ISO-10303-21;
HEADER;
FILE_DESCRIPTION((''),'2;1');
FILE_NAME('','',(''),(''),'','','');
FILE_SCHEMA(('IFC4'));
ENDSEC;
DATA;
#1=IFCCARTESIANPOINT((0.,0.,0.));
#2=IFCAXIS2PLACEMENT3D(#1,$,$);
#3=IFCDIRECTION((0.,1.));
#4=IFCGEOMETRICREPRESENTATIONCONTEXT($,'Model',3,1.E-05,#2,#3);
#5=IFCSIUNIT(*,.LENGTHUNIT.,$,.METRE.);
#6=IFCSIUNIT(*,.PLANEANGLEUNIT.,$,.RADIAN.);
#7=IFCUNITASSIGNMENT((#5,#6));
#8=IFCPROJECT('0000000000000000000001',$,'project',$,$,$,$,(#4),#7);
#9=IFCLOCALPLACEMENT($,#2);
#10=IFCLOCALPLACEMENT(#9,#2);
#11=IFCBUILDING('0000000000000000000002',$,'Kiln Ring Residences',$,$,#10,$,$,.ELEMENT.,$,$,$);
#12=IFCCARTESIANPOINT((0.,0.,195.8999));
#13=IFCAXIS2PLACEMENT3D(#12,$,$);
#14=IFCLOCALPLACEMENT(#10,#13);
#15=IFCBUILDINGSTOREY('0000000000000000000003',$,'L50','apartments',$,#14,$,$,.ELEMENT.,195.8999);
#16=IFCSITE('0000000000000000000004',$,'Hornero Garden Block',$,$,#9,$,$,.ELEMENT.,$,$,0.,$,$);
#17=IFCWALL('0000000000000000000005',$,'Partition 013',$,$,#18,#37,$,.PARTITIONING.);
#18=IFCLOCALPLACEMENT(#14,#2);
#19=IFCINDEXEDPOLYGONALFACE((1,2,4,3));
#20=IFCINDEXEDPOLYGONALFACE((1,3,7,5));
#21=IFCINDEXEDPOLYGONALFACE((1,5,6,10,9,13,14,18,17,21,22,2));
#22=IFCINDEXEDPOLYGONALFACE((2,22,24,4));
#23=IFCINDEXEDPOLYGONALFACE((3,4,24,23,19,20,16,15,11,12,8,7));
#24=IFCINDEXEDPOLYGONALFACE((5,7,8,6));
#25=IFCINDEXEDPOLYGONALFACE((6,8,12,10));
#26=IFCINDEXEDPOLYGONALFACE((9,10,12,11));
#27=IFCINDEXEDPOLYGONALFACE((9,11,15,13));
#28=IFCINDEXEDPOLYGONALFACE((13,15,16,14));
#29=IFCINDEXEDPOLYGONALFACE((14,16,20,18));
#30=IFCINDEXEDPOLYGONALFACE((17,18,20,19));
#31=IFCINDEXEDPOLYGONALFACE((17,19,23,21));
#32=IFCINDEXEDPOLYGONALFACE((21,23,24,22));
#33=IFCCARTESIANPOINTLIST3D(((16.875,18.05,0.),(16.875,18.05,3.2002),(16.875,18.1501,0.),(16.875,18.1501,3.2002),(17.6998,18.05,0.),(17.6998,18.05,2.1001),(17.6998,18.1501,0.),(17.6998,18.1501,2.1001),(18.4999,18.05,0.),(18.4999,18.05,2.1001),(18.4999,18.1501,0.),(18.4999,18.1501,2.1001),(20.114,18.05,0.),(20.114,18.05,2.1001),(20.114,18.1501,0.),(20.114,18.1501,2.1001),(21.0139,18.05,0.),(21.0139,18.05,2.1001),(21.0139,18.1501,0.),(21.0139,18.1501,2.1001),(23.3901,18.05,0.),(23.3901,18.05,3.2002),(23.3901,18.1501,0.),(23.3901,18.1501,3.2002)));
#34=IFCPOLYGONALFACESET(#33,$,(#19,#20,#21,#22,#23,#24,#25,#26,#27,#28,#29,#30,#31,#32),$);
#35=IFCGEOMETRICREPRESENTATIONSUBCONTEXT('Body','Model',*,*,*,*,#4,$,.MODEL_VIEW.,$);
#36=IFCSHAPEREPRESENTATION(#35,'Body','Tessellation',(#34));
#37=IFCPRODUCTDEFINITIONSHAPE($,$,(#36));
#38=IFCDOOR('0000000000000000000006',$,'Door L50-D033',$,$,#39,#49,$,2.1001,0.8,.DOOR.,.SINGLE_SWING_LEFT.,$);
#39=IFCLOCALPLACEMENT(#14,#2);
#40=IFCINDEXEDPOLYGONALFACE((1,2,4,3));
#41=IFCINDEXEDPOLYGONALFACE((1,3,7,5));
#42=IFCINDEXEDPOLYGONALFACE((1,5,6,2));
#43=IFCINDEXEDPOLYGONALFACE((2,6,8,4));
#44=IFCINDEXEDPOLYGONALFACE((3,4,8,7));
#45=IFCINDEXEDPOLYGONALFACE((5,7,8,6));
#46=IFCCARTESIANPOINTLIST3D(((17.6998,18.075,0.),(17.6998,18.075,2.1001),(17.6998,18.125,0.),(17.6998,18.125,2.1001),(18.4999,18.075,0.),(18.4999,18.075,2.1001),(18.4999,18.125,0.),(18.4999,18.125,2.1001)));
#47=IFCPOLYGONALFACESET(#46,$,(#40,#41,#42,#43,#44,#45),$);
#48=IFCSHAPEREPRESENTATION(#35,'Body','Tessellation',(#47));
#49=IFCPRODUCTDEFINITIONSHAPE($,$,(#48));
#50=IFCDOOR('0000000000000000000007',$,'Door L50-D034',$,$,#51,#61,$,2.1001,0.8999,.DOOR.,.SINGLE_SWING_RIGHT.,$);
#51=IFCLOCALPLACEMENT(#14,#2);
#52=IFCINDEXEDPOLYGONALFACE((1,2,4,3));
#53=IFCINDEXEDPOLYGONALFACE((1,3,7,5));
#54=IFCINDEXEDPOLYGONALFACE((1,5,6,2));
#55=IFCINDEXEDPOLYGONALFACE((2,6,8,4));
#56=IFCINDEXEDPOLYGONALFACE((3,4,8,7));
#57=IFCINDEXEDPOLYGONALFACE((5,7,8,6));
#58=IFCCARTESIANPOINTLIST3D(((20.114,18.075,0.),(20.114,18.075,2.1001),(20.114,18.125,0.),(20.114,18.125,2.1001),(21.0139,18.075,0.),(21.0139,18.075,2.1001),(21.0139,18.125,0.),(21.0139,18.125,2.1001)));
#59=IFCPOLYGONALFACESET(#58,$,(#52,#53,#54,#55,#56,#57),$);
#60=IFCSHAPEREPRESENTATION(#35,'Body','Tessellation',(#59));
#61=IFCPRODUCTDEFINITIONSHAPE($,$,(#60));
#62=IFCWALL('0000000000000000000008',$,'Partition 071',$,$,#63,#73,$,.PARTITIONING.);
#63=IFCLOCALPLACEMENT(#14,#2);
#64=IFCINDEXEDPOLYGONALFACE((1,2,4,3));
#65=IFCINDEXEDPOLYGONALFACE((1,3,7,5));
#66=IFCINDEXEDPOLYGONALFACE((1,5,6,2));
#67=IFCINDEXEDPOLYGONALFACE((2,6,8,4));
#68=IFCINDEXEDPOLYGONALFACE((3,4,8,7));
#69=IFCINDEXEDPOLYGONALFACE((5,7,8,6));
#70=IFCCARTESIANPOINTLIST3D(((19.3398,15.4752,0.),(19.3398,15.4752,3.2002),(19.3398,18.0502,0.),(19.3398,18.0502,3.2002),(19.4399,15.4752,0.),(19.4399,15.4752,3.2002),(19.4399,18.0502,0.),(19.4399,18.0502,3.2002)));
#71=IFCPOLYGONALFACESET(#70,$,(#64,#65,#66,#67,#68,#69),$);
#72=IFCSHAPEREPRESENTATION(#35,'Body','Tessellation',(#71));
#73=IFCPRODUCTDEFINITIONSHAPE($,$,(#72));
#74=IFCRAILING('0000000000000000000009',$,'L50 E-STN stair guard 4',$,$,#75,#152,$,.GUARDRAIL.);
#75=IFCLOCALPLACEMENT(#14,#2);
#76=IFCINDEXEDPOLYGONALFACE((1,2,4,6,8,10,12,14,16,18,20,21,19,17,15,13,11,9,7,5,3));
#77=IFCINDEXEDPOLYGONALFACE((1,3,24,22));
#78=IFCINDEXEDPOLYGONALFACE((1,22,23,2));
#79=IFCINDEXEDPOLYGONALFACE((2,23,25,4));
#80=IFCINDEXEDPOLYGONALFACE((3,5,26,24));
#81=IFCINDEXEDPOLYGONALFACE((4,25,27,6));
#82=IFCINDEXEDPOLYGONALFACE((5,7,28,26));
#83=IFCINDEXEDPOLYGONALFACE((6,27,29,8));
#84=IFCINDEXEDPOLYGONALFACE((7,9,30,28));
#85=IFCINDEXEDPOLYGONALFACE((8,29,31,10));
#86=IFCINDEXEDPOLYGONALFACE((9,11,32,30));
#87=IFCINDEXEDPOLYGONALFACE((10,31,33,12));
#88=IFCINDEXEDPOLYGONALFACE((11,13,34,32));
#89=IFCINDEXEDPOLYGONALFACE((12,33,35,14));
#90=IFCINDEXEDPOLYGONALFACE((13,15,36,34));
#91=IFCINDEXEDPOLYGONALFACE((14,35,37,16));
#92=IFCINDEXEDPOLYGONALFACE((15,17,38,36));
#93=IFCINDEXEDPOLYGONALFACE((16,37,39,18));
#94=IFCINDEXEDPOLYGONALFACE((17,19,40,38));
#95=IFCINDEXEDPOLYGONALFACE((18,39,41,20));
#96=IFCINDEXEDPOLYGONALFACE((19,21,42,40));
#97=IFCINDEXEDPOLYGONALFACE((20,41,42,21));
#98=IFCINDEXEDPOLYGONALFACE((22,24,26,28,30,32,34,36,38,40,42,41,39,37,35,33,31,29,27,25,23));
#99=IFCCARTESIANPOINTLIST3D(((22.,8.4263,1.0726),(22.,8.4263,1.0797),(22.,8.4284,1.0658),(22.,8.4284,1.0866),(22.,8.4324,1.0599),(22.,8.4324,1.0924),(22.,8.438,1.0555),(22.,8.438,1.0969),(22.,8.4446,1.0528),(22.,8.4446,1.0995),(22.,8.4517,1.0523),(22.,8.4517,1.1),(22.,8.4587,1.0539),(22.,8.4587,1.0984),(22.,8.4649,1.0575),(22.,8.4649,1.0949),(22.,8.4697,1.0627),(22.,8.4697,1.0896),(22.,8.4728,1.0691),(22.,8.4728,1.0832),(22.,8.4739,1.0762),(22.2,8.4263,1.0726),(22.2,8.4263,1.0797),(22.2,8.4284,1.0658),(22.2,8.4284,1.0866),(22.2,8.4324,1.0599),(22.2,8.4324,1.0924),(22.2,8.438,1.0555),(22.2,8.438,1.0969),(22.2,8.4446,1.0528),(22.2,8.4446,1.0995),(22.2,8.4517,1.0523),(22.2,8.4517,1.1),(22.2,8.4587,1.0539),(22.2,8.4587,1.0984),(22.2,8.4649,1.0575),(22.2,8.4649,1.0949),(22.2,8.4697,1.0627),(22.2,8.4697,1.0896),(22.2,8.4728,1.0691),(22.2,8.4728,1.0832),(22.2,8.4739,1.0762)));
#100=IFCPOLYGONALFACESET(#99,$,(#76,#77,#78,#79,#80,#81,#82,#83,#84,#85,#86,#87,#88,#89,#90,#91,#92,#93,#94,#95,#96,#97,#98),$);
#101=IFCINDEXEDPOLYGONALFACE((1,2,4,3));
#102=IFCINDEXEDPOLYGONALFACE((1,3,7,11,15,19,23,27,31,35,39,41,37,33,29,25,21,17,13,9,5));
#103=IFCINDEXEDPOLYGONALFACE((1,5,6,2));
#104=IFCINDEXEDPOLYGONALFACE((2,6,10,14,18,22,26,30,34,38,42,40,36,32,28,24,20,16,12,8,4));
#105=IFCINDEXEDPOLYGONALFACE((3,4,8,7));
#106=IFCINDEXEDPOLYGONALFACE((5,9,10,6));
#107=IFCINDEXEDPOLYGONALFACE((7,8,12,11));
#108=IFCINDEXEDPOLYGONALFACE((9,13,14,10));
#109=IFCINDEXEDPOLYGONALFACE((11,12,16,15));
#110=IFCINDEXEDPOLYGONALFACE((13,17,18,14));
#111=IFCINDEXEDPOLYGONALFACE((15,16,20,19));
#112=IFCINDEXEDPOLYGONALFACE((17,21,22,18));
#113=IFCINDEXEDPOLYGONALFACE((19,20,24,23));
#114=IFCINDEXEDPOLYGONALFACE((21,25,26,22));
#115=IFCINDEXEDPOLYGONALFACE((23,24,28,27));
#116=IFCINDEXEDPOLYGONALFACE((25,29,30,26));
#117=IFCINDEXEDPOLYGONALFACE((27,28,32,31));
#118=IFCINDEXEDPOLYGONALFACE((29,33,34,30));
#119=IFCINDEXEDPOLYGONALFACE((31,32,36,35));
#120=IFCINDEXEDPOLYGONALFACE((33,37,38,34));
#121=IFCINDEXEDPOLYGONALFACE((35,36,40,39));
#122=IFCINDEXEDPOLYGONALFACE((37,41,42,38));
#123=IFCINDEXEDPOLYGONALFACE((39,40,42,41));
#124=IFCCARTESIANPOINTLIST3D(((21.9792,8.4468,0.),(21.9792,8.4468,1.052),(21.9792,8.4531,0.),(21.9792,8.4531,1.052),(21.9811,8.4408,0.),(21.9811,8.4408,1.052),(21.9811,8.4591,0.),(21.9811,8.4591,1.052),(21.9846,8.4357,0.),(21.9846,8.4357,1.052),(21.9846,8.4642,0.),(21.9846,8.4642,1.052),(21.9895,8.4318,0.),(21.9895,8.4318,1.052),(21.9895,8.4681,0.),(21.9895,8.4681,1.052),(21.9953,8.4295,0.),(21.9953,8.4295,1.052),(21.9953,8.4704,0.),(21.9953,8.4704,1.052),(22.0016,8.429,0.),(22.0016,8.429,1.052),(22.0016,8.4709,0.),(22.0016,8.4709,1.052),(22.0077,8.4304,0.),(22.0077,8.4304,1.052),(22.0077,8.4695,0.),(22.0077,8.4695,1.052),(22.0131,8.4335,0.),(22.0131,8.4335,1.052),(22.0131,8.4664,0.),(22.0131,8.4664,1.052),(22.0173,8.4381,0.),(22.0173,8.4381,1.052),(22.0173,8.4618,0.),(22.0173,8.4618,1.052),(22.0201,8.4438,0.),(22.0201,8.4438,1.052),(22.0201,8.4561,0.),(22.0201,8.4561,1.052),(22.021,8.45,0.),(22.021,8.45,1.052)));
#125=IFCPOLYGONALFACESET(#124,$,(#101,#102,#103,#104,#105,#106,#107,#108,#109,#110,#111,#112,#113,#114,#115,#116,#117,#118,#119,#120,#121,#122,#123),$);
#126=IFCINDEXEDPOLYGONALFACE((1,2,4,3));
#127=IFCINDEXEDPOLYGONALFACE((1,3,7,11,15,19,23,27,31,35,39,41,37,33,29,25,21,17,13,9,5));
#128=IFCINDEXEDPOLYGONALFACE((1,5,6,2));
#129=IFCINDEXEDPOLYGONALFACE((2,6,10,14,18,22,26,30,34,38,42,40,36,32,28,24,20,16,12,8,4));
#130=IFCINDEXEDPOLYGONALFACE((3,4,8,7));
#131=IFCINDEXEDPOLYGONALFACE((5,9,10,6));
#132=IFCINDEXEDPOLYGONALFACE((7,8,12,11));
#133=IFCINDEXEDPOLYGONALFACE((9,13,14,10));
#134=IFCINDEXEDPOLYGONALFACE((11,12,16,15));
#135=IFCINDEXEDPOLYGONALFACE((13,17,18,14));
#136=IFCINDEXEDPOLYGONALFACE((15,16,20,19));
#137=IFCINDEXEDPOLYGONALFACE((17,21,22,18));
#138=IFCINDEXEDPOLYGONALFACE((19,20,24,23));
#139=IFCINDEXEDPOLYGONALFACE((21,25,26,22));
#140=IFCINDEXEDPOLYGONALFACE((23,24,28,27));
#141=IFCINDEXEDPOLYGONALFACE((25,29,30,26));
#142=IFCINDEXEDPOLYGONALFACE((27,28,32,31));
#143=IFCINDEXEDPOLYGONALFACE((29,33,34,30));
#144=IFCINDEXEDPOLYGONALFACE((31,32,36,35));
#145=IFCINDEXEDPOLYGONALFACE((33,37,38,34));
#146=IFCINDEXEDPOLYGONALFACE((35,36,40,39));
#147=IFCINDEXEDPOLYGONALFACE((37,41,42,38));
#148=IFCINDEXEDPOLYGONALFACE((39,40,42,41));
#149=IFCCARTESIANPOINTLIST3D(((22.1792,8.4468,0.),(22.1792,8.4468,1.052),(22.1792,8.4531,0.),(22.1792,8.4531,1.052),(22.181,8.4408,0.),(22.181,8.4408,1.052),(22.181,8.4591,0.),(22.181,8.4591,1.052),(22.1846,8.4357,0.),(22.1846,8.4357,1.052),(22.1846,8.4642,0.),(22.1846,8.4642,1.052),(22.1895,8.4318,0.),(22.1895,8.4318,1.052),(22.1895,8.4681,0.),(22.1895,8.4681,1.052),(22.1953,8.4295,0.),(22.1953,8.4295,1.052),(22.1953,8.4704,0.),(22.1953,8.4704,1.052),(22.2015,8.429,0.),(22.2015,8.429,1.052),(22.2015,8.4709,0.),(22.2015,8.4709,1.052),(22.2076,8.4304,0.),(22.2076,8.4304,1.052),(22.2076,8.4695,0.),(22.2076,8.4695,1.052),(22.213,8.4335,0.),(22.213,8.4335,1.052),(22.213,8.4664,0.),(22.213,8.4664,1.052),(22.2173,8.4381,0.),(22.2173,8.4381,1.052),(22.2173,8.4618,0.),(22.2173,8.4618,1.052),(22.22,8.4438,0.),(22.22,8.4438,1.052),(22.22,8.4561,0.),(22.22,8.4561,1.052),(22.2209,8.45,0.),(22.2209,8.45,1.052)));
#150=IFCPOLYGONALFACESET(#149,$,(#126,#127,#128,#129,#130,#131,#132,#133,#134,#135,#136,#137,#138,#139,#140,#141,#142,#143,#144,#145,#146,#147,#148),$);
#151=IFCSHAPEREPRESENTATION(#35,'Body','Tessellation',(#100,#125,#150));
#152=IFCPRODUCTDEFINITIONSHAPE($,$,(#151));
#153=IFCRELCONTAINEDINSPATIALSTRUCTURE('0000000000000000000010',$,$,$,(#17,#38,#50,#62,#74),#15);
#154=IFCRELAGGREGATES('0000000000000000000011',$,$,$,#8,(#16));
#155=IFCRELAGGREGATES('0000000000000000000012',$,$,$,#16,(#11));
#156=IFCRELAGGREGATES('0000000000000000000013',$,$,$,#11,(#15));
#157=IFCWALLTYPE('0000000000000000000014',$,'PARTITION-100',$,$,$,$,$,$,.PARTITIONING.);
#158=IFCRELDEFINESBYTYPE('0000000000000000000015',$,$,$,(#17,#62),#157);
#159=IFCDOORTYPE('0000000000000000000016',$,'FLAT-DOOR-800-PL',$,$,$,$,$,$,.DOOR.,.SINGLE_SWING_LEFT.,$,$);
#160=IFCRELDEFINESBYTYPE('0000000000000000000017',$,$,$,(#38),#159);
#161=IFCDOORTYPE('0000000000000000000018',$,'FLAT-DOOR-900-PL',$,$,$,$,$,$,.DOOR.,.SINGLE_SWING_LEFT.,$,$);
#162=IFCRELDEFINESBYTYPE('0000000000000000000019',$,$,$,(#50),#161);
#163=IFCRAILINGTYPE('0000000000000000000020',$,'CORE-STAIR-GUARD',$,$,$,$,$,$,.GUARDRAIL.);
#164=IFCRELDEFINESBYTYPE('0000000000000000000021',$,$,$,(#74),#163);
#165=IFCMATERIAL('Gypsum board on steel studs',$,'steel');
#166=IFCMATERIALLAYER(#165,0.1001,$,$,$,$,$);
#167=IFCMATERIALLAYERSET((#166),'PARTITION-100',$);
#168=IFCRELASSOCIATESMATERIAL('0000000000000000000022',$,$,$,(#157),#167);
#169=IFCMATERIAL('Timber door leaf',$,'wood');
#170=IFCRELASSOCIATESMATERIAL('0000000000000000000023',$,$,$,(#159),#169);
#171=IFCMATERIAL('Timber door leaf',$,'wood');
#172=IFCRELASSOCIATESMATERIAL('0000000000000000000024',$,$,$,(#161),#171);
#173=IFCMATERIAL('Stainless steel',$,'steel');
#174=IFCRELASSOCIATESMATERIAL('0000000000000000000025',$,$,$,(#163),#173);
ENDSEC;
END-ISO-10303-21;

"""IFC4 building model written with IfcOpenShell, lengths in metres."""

from ifc_helpers import new_model, si_unit, direction, frame, frame_2d, origin, origin_2d, place, context, subcontext, project, spatial, rectangle, circle, extrude, material, layer, layer_set, type_object, element, fill, save


model = new_model("IFC4")

# Units and contexts
model_context = context("Model", 3, precision=1e-05, world=origin(), true_north=direction((0.0, 1.0)))
body_context = subcontext(model_context, "Body", "Model", "MODEL_VIEW")
ifc_project = project(units=[si_unit("LENGTHUNIT", "METRE"), si_unit("PLANEANGLEUNIT", "RADIAN")], contexts=[model_context])

# Site, building, storey
site_placement = place(None, origin())
site = spatial("IfcSite", under=ifc_project, at=site_placement, Name="Hornero Garden Block", CompositionType="ELEMENT", RefElevation=0.0)
building_placement = place(site_placement, origin())
building = spatial("IfcBuilding", under=site, at=building_placement, Name="Kiln Ring Residences", CompositionType="ELEMENT")
storey_placement = place(building_placement, frame((0.0, 0.0, 195.8999)))
storey = spatial("IfcBuildingStorey", under=building, at=storey_placement, Name="L50", Description="apartments", CompositionType="ELEMENT", Elevation=195.8999)

# Wall, openings, doors
ifc_material_1 = material(Name="Gypsum board on steel studs", Category="steel")
ifc_layer_1 = layer(ifc_material_1, 0.1001)
ifc_layer_set_1 = layer_set([ifc_layer_1], Name="PARTITION-100")
wall_type_1 = type_object("IfcWallType", Name="PARTITION-100", PredefinedType="PARTITIONING", material=ifc_layer_set_1)
wall_1_placement = place(storey_placement, frame((16.875, 18.1001, 0.0), z_axis=(0.0, 0.0, 1.0), x_axis=(1.0, 0.0, 0.0)))
wall_1 = element("IfcWall", 1, at=wall_1_placement, inside=storey, type_object=wall_type_1, Name="Partition 013", PredefinedType="PARTITIONING", context=body_context, shape_type="SweptSolid", body=[
    extrude(rectangle(XDim=6.5151, YDim=0.1001, at=frame_2d((3.2576, 0.0))), origin(), (0.0, 0.0, 1.0), 3.2002),
])
opening_1_placement = place(wall_1_placement, frame((0.825, 0.0, 0.0)))
opening_1 = element("IfcOpeningElement", 2, at=opening_1_placement, cuts=wall_1, PredefinedType="OPENING", context=body_context, shape_type="SweptSolid", body=[
    extrude(rectangle(XDim=0.8, YDim=2.1001, at=frame_2d((0.3999, 1.05))), frame((0.0, 0.0601, 0.0), z_axis=(0.0, -1.0, 0.0), x_axis=(1.0, 0.0, 0.0)), (0.0, 0.0, 1.0), 0.1201),
])
opening_2_placement = place(wall_1_placement, frame((3.239, 0.0, 0.0)))
opening_2 = element("IfcOpeningElement", 3, at=opening_2_placement, cuts=wall_1, PredefinedType="OPENING", context=body_context, shape_type="SweptSolid", body=[
    extrude(rectangle(XDim=0.8999, YDim=2.1001, at=frame_2d((0.45, 1.05))), frame((0.0, 0.0601, 0.0), z_axis=(0.0, -1.0, 0.0), x_axis=(1.0, 0.0, 0.0)), (0.0, 0.0, 1.0), 0.1201),
])
ifc_material_2 = material(Name="Timber door leaf", Category="wood")
door_type_1 = type_object("IfcDoorType", Name="FLAT-DOOR-800-PL", OperationType="SINGLE_SWING_LEFT", PredefinedType="DOOR", material=ifc_material_2)
door_1_placement = place(opening_1_placement, origin())
door_1 = element("IfcDoor", 4, at=door_1_placement, inside=storey, type_object=door_type_1, Name="Door L50-D033", OperationType="SINGLE_SWING_LEFT", OverallHeight=2.1001, OverallWidth=0.8, PredefinedType="DOOR", context=body_context, shape_type="SweptSolid", body=[
    extrude(rectangle(XDim=0.8, YDim=2.1001, at=frame_2d((0.3999, 1.05))), frame((0.0, 0.0249, 0.0), z_axis=(0.0, -1.0, 0.0), x_axis=(1.0, 0.0, 0.0)), (0.0, 0.0, 1.0), 0.05),
])
fill(opening_1, door_1)
ifc_material_3 = material(Name="Timber door leaf", Category="wood")
door_type_2 = type_object("IfcDoorType", Name="FLAT-DOOR-900-PL", OperationType="SINGLE_SWING_LEFT", PredefinedType="DOOR", material=ifc_material_3)
door_2_placement = place(opening_2_placement, origin())
door_2 = element("IfcDoor", 5, at=door_2_placement, inside=storey, type_object=door_type_2, Name="Door L50-D034", OperationType="SINGLE_SWING_RIGHT", OverallHeight=2.1001, OverallWidth=0.8999, PredefinedType="DOOR", context=body_context, shape_type="SweptSolid", body=[
    extrude(rectangle(XDim=0.8999, YDim=2.1001, at=frame_2d((0.45, 1.05))), frame((0.0, 0.0249, 0.0), z_axis=(0.0, -1.0, 0.0), x_axis=(1.0, 0.0, 0.0)), (0.0, 0.0, 1.0), 0.05),
])
fill(opening_2, door_2)

# Wall
wall_2_placement = place(storey_placement, frame((19.3899, 15.4751, 0.0), z_axis=(0.0, 0.0, 1.0), x_axis=(0.0, 1.0, 0.0)))
element("IfcWall", 6, at=wall_2_placement, inside=storey, type_object=wall_type_1, Name="Partition 071", PredefinedType="PARTITIONING", context=body_context, shape_type="SweptSolid", body=[
    extrude(rectangle(XDim=2.575, YDim=0.1001, at=frame_2d((1.2876, 0.0))), origin(), (0.0, 0.0, 1.0), 3.2002),
])

# Railing
ifc_material_4 = material(Name="Stainless steel", Category="steel")
railing_type = type_object("IfcRailingType", Name="CORE-STAIR-GUARD", PredefinedType="GUARDRAIL", material=ifc_material_4)
railing_placement = place(storey_placement, frame((22.0, 8.45, 0.0)))
element("IfcRailing", 7, at=railing_placement, inside=storey, type_object=railing_type, Name="L50 E-STN stair guard 4", PredefinedType="GUARDRAIL", context=body_context, shape_type="SweptSolid", body=[
    extrude(circle(Radius=0.0239, at=origin_2d()), frame((0.0, 0.0, 1.0762), z_axis=(1.0, 0.0, 0.0), x_axis=(0.0, 1.0, 0.0)), (0.0, 0.0, 1.0), 0.2),
    extrude(circle(Radius=0.021, at=origin_2d()), origin(), (0.0, 0.0, 1.0), 1.052),
    extrude(circle(Radius=0.021, at=origin_2d()), frame((0.2, 0.0, 0.0)), (0.0, 0.0, 1.0), 1.052),
])

save(model, "model.ifc")
